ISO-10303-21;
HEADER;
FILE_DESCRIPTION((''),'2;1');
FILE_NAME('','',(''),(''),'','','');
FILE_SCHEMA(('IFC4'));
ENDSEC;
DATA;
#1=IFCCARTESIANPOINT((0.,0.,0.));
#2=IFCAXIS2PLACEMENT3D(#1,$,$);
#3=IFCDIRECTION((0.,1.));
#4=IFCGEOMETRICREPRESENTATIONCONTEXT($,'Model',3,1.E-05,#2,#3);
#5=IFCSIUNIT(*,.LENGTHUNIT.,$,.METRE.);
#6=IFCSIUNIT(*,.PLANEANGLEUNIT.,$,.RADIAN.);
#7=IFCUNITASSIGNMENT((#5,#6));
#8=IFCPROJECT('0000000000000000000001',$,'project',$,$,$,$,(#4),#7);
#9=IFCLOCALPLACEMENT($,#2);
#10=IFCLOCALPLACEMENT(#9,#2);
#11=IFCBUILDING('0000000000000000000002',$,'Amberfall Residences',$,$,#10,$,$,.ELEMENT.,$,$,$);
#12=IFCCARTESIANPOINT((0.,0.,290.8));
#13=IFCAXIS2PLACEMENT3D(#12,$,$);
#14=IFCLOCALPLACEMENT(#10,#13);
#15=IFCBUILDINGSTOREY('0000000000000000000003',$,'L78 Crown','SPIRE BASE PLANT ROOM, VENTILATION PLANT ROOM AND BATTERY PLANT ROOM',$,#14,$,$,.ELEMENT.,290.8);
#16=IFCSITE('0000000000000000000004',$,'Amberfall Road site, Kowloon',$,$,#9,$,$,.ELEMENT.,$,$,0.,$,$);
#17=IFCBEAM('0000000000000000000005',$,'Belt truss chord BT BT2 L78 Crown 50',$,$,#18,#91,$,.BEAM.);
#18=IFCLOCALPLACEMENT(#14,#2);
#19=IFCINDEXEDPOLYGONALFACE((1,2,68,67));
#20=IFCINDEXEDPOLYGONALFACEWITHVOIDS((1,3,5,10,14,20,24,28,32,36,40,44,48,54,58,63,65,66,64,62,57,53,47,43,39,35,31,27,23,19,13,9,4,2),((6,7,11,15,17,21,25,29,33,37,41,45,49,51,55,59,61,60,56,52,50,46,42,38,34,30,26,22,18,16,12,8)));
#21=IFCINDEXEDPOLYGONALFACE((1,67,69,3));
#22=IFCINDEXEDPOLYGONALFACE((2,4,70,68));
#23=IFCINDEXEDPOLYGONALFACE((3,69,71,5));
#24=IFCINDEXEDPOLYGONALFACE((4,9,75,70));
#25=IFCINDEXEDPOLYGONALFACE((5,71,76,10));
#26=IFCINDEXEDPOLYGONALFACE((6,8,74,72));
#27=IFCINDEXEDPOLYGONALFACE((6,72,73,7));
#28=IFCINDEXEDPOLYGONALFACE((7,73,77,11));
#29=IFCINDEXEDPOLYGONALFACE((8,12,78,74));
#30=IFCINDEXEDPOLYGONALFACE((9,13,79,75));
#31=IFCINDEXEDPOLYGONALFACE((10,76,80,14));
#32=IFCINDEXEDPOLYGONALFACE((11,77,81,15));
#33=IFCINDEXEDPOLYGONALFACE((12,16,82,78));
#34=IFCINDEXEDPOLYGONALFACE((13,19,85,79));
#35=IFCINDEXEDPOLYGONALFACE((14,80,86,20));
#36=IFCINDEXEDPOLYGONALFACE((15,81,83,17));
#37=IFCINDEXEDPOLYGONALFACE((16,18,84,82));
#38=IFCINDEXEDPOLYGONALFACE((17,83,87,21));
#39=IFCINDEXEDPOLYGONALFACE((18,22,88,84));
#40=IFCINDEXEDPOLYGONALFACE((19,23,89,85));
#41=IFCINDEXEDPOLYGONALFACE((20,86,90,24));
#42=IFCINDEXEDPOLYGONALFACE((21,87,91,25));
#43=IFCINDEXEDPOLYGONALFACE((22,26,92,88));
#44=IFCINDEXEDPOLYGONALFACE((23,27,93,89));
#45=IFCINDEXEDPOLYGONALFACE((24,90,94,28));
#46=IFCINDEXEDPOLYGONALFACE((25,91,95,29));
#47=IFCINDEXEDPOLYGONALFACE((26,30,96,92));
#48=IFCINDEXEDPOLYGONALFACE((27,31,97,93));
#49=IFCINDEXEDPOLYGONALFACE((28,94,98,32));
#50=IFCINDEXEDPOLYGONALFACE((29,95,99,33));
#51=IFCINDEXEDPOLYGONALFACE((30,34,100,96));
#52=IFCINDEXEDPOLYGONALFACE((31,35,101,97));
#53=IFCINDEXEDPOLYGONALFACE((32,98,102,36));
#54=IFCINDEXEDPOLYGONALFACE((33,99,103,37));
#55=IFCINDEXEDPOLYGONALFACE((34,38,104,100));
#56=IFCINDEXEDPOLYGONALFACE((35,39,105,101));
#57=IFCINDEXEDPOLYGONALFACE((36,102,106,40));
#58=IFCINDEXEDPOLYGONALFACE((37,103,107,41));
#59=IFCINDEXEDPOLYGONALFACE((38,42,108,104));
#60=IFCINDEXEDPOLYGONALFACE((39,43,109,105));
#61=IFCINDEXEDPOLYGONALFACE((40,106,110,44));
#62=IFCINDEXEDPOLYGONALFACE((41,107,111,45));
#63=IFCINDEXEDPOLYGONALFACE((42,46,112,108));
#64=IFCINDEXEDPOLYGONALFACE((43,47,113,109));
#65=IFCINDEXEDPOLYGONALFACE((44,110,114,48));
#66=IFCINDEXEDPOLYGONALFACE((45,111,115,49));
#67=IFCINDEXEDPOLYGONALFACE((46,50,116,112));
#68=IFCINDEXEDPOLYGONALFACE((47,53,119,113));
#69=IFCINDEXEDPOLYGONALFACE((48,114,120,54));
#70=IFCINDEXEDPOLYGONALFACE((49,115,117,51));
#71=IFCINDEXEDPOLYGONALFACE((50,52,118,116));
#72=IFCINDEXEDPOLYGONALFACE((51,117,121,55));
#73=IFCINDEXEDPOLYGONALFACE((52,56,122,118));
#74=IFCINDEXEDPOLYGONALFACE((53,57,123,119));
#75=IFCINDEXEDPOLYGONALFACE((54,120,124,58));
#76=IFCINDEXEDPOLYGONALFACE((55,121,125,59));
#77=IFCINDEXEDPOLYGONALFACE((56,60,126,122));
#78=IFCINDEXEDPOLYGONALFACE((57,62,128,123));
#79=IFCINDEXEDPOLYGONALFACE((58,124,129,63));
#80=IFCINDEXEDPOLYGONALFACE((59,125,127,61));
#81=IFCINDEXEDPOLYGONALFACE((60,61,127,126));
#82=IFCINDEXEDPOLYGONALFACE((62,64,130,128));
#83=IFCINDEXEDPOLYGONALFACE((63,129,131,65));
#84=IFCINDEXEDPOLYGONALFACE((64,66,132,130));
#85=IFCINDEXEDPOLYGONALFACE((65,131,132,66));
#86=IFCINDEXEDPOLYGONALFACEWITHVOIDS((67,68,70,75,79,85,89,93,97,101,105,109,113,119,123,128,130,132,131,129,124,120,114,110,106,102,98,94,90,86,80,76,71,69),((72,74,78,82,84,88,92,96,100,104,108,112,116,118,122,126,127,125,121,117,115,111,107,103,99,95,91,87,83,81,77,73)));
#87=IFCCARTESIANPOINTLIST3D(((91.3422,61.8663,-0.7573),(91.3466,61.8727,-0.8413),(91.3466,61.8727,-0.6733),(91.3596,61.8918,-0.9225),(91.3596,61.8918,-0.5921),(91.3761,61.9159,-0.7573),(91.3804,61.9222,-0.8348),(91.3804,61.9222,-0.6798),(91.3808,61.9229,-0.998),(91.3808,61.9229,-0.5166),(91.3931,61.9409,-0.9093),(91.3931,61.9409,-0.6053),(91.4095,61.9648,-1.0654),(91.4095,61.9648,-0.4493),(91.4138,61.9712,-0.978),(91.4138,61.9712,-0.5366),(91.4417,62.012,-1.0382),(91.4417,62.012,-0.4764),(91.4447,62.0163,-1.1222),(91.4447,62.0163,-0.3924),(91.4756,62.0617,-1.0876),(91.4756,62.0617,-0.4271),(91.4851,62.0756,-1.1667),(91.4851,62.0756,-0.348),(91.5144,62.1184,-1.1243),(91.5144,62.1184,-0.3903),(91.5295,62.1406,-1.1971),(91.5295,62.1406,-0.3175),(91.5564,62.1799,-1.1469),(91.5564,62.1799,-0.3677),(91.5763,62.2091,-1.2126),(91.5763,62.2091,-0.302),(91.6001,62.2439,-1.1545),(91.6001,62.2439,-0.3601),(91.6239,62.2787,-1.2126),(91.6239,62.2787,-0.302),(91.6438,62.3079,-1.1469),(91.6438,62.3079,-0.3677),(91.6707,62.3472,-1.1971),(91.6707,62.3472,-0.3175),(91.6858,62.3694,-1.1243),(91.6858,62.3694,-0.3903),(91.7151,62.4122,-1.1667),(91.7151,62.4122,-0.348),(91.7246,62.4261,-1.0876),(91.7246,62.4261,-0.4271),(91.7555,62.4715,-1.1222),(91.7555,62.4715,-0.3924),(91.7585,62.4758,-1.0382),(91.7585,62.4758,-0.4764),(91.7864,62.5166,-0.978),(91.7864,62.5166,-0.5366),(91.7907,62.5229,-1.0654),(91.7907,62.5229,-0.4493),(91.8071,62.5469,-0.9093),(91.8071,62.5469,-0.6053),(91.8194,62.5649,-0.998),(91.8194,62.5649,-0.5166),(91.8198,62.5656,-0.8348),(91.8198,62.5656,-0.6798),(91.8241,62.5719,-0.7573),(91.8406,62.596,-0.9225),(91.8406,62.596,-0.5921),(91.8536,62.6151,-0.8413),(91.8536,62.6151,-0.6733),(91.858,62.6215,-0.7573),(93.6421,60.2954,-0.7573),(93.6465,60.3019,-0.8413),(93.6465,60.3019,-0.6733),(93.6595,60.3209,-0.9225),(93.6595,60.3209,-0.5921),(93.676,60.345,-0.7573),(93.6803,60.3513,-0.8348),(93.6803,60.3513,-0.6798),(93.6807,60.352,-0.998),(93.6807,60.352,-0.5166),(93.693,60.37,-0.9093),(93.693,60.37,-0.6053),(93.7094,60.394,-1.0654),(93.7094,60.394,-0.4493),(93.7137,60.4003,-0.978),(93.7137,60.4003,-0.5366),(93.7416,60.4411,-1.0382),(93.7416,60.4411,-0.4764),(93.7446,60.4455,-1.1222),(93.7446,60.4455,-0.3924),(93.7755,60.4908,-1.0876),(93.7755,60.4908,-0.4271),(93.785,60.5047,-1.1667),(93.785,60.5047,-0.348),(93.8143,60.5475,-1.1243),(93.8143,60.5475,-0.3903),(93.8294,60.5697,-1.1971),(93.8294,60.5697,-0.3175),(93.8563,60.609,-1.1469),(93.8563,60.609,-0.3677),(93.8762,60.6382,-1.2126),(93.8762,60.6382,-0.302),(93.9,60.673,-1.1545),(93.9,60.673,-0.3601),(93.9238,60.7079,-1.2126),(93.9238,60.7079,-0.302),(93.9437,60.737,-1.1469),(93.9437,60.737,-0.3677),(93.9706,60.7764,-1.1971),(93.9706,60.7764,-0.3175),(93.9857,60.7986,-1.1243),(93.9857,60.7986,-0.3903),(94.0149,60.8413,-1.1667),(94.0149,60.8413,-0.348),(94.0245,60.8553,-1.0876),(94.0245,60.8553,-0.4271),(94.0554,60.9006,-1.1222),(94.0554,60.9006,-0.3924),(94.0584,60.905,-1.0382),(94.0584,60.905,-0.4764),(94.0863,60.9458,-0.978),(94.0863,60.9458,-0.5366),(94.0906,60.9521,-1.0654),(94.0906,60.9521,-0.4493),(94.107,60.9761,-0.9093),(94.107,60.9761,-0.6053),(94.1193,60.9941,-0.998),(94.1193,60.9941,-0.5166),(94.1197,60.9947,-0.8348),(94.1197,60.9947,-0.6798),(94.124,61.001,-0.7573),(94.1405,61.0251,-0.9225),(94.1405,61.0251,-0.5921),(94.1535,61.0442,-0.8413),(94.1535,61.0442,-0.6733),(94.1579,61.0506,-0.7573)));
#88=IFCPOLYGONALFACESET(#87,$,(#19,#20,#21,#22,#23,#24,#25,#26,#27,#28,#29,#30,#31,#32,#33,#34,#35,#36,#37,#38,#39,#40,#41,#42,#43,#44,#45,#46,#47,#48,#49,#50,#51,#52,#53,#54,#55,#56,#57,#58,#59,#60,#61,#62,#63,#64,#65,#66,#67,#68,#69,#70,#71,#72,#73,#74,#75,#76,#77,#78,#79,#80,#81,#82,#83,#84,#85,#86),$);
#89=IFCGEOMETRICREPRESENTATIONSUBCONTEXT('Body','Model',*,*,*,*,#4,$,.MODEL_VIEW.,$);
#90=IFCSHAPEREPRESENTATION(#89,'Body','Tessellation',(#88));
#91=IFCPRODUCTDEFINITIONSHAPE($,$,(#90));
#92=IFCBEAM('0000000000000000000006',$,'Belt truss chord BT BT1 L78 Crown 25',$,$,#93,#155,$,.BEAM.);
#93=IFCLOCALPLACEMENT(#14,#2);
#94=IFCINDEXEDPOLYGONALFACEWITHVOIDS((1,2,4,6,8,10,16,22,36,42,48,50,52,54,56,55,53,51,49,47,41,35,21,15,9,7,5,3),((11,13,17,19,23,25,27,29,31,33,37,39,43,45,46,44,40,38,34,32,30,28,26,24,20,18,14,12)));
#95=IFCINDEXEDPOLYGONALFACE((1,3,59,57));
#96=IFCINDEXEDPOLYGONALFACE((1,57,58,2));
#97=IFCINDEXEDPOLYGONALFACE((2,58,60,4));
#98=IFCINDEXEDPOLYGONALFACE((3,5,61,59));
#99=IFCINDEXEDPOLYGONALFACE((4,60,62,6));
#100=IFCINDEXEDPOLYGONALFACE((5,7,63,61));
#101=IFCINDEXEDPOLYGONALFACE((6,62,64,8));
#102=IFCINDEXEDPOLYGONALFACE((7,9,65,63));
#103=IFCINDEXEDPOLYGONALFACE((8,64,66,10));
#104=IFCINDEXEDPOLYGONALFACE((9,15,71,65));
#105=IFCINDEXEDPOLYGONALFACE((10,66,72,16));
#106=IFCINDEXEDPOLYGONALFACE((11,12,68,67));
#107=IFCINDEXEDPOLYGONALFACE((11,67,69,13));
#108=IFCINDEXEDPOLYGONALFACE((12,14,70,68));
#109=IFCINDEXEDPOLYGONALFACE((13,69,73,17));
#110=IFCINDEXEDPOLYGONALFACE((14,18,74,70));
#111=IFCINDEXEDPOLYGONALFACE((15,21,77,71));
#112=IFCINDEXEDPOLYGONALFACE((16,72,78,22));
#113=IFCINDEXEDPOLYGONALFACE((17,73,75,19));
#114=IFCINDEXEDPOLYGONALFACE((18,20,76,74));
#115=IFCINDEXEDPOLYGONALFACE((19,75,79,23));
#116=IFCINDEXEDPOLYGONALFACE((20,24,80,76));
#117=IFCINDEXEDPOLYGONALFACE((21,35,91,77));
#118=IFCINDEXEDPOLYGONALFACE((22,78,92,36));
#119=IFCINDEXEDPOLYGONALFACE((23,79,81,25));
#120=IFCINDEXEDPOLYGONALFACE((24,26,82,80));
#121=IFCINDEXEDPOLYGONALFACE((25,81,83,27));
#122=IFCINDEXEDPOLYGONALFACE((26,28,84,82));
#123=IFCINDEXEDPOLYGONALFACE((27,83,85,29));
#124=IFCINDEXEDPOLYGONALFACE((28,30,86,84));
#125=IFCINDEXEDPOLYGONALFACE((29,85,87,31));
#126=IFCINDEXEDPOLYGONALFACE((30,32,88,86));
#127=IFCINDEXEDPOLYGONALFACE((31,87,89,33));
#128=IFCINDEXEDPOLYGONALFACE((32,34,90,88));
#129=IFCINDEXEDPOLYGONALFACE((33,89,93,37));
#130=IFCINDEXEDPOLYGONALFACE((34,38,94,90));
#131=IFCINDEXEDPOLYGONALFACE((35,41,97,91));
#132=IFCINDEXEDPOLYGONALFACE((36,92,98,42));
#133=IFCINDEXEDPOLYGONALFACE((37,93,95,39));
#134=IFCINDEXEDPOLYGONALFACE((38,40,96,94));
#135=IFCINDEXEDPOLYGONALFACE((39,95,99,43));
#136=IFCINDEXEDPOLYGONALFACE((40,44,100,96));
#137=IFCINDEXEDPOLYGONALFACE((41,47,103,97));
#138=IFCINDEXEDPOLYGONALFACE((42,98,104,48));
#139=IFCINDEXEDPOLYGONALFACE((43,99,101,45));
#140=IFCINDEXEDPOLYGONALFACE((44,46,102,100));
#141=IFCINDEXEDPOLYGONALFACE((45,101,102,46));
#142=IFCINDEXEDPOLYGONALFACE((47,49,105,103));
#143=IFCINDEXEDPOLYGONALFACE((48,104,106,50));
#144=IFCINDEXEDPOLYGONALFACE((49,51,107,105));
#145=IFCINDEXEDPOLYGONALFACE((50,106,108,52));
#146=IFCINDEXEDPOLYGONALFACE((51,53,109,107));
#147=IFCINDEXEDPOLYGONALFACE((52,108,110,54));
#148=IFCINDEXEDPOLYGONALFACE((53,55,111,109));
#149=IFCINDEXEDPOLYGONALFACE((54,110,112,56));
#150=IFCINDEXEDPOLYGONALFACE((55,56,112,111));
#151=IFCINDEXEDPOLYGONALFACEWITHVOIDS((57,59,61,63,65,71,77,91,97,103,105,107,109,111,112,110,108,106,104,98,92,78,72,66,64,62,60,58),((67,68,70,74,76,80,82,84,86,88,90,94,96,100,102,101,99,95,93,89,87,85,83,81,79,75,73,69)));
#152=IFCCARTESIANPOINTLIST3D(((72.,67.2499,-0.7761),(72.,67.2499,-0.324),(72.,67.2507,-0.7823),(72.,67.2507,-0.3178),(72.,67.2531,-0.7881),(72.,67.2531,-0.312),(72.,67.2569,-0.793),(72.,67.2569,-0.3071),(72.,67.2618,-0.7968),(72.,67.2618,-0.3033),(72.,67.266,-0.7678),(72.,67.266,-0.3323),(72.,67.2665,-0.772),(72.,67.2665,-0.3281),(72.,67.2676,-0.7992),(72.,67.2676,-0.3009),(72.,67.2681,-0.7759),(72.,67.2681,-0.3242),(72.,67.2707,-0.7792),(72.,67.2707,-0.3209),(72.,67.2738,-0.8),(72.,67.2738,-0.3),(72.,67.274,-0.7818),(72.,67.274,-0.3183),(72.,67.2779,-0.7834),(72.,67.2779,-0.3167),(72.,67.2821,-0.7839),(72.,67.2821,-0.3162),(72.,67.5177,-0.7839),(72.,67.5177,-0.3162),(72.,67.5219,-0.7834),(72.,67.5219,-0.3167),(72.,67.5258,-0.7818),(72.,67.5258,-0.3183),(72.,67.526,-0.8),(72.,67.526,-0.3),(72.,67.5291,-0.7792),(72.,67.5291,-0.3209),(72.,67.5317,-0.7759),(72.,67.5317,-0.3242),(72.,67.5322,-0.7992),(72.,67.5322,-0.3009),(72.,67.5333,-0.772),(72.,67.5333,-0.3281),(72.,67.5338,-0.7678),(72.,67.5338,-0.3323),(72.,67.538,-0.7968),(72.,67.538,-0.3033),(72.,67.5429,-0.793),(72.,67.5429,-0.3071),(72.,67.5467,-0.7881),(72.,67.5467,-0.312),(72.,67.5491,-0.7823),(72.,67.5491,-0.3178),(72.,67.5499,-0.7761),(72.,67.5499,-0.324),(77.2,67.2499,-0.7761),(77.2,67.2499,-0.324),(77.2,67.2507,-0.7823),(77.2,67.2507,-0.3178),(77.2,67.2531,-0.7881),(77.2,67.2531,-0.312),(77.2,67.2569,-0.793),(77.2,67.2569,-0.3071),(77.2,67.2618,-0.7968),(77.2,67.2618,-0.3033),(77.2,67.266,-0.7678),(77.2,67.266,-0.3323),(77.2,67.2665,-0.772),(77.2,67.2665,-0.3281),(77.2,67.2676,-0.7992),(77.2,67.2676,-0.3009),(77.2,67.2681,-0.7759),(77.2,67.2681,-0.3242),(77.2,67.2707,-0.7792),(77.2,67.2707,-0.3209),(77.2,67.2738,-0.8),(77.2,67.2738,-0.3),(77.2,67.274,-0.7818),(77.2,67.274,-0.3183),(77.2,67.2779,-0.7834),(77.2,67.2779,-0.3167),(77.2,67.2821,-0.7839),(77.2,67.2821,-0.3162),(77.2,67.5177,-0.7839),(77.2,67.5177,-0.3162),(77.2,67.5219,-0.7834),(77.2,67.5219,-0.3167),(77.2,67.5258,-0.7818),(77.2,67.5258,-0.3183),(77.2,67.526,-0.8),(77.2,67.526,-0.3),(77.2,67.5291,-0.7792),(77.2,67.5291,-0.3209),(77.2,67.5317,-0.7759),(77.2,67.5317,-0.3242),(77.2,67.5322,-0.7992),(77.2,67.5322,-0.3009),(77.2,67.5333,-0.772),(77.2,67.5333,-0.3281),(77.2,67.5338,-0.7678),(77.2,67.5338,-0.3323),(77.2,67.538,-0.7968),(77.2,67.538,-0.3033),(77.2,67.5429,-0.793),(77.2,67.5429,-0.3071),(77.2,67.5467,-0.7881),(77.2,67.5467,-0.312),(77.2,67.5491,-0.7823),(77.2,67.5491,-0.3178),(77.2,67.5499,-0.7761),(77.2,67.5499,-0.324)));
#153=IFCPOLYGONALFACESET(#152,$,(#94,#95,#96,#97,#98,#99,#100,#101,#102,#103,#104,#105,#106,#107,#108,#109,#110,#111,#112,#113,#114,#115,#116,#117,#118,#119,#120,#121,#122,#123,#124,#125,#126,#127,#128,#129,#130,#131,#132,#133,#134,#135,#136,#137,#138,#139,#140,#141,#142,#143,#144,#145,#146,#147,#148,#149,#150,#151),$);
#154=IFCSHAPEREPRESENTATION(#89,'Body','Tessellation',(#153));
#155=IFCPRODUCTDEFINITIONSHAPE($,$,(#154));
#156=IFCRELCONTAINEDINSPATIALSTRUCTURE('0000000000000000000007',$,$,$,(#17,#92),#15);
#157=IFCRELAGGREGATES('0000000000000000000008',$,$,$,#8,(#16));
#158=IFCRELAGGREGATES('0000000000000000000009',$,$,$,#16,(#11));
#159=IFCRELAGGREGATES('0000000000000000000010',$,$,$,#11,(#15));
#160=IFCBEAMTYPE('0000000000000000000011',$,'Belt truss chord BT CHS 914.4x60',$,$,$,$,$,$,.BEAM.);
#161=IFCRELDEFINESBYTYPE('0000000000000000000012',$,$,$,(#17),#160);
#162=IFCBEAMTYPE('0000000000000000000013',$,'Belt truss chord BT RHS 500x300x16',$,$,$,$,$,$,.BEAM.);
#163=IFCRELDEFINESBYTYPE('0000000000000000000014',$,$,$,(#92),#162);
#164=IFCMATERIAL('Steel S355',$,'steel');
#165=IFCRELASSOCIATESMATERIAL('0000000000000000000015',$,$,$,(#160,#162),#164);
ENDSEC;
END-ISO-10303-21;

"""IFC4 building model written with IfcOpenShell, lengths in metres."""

from ifc_helpers import new_model, si_unit, direction, frame, origin, origin_2d, place, context, subcontext, project, spatial, hollow_rectangle, hollow_circle, extrude, material, material_profile, profile_set, type_object, element, save


model = new_model("IFC4")

# Units and contexts
model_context = context("Model", 3, precision=1e-05, world=origin(), true_north=direction((0.0, 1.0)))
body_context = subcontext(model_context, "Body", "Model", "MODEL_VIEW")
ifc_project = project(units=[si_unit("LENGTHUNIT", "METRE"), si_unit("PLANEANGLEUNIT", "RADIAN")], contexts=[model_context])

# Site, building, storey
site_placement = place(None, origin())
site = spatial("IfcSite", under=ifc_project, at=site_placement, Name="Amberfall Road site, Kowloon", CompositionType="ELEMENT", RefElevation=0.0)
building_placement = place(site_placement, origin())
building = spatial("IfcBuilding", under=site, at=building_placement, Name="Amberfall Residences", CompositionType="ELEMENT")
storey_placement = place(building_placement, frame((0.0, 0.0, 290.8)))
storey = spatial("IfcBuildingStorey", under=building, at=storey_placement, Name="L78 Crown", Description="SPIRE BASE PLANT ROOM, VENTILATION PLANT ROOM AND BATTERY PLANT ROOM", CompositionType="ELEMENT", Elevation=290.8)

# Beams
ifc_material_1 = material(Name="Steel S355", Category="steel")
ifc_material_profile_1 = material_profile(ifc_material_1, hollow_circle(Radius=0.4573, WallThickness=0.0601, at=origin_2d()), Name="CHS 914.4x60")
ifc_profile_set_1 = profile_set([ifc_material_profile_1], Name="Steel S355")
beam_type_1 = type_object("IfcBeamType", Name="Belt truss chord BT CHS 914.4x60", PredefinedType="BEAM", material=ifc_profile_set_1)
beam_1_placement = place(storey_placement, frame((91.6001, 62.2439, -0.7573), z_axis=(0.825767, -0.564011, 0.0), x_axis=(0.564011, 0.825767, 0.0)))
element("IfcBeam", 1, at=beam_1_placement, inside=storey, type_object=beam_type_1, Name="Belt truss chord BT BT2 L78 Crown 50", PredefinedType="BEAM", context=body_context, shape_type="SweptSolid", body=[
    extrude(hollow_circle(Radius=0.4573, WallThickness=0.0601, at=origin_2d()), origin(), (0.0, 0.0, 1.0), 2.7852),
])
ifc_material_profile_2 = material_profile(ifc_material_1, hollow_rectangle(XDim=0.3, YDim=0.5, WallThickness=0.0161, InnerFilletRadius=0.0161, OuterFilletRadius=0.0239, at=origin_2d()), Name="RHS 500x300x16")
ifc_profile_set_2 = profile_set([ifc_material_profile_2], Name="Steel S355")
beam_type_2 = type_object("IfcBeamType", Name="Belt truss chord BT RHS 500x300x16", PredefinedType="BEAM", material=ifc_profile_set_2)
for number, where, z_axis, x_axis, name in (
    (2, (72.0, 67.3999, -0.55), (1.0, 0.0, 0.0), (0.0, 1.0, 0.0), "Belt truss chord BT BT1 L78 Crown 25"),
):
    element("IfcBeam", number, at=place(storey_placement, frame(where, z_axis=z_axis, x_axis=x_axis)), inside=storey, type_object=beam_type_2, Name=name, PredefinedType="BEAM", context=body_context, shape_type="SweptSolid", body=[
        extrude(hollow_rectangle(XDim=0.3, YDim=0.5, WallThickness=0.0161, InnerFilletRadius=0.0161, OuterFilletRadius=0.0239, at=origin_2d()), origin(), (0.0, 0.0, 1.0), 5.2),
    ])

save(model, "model.ifc")
